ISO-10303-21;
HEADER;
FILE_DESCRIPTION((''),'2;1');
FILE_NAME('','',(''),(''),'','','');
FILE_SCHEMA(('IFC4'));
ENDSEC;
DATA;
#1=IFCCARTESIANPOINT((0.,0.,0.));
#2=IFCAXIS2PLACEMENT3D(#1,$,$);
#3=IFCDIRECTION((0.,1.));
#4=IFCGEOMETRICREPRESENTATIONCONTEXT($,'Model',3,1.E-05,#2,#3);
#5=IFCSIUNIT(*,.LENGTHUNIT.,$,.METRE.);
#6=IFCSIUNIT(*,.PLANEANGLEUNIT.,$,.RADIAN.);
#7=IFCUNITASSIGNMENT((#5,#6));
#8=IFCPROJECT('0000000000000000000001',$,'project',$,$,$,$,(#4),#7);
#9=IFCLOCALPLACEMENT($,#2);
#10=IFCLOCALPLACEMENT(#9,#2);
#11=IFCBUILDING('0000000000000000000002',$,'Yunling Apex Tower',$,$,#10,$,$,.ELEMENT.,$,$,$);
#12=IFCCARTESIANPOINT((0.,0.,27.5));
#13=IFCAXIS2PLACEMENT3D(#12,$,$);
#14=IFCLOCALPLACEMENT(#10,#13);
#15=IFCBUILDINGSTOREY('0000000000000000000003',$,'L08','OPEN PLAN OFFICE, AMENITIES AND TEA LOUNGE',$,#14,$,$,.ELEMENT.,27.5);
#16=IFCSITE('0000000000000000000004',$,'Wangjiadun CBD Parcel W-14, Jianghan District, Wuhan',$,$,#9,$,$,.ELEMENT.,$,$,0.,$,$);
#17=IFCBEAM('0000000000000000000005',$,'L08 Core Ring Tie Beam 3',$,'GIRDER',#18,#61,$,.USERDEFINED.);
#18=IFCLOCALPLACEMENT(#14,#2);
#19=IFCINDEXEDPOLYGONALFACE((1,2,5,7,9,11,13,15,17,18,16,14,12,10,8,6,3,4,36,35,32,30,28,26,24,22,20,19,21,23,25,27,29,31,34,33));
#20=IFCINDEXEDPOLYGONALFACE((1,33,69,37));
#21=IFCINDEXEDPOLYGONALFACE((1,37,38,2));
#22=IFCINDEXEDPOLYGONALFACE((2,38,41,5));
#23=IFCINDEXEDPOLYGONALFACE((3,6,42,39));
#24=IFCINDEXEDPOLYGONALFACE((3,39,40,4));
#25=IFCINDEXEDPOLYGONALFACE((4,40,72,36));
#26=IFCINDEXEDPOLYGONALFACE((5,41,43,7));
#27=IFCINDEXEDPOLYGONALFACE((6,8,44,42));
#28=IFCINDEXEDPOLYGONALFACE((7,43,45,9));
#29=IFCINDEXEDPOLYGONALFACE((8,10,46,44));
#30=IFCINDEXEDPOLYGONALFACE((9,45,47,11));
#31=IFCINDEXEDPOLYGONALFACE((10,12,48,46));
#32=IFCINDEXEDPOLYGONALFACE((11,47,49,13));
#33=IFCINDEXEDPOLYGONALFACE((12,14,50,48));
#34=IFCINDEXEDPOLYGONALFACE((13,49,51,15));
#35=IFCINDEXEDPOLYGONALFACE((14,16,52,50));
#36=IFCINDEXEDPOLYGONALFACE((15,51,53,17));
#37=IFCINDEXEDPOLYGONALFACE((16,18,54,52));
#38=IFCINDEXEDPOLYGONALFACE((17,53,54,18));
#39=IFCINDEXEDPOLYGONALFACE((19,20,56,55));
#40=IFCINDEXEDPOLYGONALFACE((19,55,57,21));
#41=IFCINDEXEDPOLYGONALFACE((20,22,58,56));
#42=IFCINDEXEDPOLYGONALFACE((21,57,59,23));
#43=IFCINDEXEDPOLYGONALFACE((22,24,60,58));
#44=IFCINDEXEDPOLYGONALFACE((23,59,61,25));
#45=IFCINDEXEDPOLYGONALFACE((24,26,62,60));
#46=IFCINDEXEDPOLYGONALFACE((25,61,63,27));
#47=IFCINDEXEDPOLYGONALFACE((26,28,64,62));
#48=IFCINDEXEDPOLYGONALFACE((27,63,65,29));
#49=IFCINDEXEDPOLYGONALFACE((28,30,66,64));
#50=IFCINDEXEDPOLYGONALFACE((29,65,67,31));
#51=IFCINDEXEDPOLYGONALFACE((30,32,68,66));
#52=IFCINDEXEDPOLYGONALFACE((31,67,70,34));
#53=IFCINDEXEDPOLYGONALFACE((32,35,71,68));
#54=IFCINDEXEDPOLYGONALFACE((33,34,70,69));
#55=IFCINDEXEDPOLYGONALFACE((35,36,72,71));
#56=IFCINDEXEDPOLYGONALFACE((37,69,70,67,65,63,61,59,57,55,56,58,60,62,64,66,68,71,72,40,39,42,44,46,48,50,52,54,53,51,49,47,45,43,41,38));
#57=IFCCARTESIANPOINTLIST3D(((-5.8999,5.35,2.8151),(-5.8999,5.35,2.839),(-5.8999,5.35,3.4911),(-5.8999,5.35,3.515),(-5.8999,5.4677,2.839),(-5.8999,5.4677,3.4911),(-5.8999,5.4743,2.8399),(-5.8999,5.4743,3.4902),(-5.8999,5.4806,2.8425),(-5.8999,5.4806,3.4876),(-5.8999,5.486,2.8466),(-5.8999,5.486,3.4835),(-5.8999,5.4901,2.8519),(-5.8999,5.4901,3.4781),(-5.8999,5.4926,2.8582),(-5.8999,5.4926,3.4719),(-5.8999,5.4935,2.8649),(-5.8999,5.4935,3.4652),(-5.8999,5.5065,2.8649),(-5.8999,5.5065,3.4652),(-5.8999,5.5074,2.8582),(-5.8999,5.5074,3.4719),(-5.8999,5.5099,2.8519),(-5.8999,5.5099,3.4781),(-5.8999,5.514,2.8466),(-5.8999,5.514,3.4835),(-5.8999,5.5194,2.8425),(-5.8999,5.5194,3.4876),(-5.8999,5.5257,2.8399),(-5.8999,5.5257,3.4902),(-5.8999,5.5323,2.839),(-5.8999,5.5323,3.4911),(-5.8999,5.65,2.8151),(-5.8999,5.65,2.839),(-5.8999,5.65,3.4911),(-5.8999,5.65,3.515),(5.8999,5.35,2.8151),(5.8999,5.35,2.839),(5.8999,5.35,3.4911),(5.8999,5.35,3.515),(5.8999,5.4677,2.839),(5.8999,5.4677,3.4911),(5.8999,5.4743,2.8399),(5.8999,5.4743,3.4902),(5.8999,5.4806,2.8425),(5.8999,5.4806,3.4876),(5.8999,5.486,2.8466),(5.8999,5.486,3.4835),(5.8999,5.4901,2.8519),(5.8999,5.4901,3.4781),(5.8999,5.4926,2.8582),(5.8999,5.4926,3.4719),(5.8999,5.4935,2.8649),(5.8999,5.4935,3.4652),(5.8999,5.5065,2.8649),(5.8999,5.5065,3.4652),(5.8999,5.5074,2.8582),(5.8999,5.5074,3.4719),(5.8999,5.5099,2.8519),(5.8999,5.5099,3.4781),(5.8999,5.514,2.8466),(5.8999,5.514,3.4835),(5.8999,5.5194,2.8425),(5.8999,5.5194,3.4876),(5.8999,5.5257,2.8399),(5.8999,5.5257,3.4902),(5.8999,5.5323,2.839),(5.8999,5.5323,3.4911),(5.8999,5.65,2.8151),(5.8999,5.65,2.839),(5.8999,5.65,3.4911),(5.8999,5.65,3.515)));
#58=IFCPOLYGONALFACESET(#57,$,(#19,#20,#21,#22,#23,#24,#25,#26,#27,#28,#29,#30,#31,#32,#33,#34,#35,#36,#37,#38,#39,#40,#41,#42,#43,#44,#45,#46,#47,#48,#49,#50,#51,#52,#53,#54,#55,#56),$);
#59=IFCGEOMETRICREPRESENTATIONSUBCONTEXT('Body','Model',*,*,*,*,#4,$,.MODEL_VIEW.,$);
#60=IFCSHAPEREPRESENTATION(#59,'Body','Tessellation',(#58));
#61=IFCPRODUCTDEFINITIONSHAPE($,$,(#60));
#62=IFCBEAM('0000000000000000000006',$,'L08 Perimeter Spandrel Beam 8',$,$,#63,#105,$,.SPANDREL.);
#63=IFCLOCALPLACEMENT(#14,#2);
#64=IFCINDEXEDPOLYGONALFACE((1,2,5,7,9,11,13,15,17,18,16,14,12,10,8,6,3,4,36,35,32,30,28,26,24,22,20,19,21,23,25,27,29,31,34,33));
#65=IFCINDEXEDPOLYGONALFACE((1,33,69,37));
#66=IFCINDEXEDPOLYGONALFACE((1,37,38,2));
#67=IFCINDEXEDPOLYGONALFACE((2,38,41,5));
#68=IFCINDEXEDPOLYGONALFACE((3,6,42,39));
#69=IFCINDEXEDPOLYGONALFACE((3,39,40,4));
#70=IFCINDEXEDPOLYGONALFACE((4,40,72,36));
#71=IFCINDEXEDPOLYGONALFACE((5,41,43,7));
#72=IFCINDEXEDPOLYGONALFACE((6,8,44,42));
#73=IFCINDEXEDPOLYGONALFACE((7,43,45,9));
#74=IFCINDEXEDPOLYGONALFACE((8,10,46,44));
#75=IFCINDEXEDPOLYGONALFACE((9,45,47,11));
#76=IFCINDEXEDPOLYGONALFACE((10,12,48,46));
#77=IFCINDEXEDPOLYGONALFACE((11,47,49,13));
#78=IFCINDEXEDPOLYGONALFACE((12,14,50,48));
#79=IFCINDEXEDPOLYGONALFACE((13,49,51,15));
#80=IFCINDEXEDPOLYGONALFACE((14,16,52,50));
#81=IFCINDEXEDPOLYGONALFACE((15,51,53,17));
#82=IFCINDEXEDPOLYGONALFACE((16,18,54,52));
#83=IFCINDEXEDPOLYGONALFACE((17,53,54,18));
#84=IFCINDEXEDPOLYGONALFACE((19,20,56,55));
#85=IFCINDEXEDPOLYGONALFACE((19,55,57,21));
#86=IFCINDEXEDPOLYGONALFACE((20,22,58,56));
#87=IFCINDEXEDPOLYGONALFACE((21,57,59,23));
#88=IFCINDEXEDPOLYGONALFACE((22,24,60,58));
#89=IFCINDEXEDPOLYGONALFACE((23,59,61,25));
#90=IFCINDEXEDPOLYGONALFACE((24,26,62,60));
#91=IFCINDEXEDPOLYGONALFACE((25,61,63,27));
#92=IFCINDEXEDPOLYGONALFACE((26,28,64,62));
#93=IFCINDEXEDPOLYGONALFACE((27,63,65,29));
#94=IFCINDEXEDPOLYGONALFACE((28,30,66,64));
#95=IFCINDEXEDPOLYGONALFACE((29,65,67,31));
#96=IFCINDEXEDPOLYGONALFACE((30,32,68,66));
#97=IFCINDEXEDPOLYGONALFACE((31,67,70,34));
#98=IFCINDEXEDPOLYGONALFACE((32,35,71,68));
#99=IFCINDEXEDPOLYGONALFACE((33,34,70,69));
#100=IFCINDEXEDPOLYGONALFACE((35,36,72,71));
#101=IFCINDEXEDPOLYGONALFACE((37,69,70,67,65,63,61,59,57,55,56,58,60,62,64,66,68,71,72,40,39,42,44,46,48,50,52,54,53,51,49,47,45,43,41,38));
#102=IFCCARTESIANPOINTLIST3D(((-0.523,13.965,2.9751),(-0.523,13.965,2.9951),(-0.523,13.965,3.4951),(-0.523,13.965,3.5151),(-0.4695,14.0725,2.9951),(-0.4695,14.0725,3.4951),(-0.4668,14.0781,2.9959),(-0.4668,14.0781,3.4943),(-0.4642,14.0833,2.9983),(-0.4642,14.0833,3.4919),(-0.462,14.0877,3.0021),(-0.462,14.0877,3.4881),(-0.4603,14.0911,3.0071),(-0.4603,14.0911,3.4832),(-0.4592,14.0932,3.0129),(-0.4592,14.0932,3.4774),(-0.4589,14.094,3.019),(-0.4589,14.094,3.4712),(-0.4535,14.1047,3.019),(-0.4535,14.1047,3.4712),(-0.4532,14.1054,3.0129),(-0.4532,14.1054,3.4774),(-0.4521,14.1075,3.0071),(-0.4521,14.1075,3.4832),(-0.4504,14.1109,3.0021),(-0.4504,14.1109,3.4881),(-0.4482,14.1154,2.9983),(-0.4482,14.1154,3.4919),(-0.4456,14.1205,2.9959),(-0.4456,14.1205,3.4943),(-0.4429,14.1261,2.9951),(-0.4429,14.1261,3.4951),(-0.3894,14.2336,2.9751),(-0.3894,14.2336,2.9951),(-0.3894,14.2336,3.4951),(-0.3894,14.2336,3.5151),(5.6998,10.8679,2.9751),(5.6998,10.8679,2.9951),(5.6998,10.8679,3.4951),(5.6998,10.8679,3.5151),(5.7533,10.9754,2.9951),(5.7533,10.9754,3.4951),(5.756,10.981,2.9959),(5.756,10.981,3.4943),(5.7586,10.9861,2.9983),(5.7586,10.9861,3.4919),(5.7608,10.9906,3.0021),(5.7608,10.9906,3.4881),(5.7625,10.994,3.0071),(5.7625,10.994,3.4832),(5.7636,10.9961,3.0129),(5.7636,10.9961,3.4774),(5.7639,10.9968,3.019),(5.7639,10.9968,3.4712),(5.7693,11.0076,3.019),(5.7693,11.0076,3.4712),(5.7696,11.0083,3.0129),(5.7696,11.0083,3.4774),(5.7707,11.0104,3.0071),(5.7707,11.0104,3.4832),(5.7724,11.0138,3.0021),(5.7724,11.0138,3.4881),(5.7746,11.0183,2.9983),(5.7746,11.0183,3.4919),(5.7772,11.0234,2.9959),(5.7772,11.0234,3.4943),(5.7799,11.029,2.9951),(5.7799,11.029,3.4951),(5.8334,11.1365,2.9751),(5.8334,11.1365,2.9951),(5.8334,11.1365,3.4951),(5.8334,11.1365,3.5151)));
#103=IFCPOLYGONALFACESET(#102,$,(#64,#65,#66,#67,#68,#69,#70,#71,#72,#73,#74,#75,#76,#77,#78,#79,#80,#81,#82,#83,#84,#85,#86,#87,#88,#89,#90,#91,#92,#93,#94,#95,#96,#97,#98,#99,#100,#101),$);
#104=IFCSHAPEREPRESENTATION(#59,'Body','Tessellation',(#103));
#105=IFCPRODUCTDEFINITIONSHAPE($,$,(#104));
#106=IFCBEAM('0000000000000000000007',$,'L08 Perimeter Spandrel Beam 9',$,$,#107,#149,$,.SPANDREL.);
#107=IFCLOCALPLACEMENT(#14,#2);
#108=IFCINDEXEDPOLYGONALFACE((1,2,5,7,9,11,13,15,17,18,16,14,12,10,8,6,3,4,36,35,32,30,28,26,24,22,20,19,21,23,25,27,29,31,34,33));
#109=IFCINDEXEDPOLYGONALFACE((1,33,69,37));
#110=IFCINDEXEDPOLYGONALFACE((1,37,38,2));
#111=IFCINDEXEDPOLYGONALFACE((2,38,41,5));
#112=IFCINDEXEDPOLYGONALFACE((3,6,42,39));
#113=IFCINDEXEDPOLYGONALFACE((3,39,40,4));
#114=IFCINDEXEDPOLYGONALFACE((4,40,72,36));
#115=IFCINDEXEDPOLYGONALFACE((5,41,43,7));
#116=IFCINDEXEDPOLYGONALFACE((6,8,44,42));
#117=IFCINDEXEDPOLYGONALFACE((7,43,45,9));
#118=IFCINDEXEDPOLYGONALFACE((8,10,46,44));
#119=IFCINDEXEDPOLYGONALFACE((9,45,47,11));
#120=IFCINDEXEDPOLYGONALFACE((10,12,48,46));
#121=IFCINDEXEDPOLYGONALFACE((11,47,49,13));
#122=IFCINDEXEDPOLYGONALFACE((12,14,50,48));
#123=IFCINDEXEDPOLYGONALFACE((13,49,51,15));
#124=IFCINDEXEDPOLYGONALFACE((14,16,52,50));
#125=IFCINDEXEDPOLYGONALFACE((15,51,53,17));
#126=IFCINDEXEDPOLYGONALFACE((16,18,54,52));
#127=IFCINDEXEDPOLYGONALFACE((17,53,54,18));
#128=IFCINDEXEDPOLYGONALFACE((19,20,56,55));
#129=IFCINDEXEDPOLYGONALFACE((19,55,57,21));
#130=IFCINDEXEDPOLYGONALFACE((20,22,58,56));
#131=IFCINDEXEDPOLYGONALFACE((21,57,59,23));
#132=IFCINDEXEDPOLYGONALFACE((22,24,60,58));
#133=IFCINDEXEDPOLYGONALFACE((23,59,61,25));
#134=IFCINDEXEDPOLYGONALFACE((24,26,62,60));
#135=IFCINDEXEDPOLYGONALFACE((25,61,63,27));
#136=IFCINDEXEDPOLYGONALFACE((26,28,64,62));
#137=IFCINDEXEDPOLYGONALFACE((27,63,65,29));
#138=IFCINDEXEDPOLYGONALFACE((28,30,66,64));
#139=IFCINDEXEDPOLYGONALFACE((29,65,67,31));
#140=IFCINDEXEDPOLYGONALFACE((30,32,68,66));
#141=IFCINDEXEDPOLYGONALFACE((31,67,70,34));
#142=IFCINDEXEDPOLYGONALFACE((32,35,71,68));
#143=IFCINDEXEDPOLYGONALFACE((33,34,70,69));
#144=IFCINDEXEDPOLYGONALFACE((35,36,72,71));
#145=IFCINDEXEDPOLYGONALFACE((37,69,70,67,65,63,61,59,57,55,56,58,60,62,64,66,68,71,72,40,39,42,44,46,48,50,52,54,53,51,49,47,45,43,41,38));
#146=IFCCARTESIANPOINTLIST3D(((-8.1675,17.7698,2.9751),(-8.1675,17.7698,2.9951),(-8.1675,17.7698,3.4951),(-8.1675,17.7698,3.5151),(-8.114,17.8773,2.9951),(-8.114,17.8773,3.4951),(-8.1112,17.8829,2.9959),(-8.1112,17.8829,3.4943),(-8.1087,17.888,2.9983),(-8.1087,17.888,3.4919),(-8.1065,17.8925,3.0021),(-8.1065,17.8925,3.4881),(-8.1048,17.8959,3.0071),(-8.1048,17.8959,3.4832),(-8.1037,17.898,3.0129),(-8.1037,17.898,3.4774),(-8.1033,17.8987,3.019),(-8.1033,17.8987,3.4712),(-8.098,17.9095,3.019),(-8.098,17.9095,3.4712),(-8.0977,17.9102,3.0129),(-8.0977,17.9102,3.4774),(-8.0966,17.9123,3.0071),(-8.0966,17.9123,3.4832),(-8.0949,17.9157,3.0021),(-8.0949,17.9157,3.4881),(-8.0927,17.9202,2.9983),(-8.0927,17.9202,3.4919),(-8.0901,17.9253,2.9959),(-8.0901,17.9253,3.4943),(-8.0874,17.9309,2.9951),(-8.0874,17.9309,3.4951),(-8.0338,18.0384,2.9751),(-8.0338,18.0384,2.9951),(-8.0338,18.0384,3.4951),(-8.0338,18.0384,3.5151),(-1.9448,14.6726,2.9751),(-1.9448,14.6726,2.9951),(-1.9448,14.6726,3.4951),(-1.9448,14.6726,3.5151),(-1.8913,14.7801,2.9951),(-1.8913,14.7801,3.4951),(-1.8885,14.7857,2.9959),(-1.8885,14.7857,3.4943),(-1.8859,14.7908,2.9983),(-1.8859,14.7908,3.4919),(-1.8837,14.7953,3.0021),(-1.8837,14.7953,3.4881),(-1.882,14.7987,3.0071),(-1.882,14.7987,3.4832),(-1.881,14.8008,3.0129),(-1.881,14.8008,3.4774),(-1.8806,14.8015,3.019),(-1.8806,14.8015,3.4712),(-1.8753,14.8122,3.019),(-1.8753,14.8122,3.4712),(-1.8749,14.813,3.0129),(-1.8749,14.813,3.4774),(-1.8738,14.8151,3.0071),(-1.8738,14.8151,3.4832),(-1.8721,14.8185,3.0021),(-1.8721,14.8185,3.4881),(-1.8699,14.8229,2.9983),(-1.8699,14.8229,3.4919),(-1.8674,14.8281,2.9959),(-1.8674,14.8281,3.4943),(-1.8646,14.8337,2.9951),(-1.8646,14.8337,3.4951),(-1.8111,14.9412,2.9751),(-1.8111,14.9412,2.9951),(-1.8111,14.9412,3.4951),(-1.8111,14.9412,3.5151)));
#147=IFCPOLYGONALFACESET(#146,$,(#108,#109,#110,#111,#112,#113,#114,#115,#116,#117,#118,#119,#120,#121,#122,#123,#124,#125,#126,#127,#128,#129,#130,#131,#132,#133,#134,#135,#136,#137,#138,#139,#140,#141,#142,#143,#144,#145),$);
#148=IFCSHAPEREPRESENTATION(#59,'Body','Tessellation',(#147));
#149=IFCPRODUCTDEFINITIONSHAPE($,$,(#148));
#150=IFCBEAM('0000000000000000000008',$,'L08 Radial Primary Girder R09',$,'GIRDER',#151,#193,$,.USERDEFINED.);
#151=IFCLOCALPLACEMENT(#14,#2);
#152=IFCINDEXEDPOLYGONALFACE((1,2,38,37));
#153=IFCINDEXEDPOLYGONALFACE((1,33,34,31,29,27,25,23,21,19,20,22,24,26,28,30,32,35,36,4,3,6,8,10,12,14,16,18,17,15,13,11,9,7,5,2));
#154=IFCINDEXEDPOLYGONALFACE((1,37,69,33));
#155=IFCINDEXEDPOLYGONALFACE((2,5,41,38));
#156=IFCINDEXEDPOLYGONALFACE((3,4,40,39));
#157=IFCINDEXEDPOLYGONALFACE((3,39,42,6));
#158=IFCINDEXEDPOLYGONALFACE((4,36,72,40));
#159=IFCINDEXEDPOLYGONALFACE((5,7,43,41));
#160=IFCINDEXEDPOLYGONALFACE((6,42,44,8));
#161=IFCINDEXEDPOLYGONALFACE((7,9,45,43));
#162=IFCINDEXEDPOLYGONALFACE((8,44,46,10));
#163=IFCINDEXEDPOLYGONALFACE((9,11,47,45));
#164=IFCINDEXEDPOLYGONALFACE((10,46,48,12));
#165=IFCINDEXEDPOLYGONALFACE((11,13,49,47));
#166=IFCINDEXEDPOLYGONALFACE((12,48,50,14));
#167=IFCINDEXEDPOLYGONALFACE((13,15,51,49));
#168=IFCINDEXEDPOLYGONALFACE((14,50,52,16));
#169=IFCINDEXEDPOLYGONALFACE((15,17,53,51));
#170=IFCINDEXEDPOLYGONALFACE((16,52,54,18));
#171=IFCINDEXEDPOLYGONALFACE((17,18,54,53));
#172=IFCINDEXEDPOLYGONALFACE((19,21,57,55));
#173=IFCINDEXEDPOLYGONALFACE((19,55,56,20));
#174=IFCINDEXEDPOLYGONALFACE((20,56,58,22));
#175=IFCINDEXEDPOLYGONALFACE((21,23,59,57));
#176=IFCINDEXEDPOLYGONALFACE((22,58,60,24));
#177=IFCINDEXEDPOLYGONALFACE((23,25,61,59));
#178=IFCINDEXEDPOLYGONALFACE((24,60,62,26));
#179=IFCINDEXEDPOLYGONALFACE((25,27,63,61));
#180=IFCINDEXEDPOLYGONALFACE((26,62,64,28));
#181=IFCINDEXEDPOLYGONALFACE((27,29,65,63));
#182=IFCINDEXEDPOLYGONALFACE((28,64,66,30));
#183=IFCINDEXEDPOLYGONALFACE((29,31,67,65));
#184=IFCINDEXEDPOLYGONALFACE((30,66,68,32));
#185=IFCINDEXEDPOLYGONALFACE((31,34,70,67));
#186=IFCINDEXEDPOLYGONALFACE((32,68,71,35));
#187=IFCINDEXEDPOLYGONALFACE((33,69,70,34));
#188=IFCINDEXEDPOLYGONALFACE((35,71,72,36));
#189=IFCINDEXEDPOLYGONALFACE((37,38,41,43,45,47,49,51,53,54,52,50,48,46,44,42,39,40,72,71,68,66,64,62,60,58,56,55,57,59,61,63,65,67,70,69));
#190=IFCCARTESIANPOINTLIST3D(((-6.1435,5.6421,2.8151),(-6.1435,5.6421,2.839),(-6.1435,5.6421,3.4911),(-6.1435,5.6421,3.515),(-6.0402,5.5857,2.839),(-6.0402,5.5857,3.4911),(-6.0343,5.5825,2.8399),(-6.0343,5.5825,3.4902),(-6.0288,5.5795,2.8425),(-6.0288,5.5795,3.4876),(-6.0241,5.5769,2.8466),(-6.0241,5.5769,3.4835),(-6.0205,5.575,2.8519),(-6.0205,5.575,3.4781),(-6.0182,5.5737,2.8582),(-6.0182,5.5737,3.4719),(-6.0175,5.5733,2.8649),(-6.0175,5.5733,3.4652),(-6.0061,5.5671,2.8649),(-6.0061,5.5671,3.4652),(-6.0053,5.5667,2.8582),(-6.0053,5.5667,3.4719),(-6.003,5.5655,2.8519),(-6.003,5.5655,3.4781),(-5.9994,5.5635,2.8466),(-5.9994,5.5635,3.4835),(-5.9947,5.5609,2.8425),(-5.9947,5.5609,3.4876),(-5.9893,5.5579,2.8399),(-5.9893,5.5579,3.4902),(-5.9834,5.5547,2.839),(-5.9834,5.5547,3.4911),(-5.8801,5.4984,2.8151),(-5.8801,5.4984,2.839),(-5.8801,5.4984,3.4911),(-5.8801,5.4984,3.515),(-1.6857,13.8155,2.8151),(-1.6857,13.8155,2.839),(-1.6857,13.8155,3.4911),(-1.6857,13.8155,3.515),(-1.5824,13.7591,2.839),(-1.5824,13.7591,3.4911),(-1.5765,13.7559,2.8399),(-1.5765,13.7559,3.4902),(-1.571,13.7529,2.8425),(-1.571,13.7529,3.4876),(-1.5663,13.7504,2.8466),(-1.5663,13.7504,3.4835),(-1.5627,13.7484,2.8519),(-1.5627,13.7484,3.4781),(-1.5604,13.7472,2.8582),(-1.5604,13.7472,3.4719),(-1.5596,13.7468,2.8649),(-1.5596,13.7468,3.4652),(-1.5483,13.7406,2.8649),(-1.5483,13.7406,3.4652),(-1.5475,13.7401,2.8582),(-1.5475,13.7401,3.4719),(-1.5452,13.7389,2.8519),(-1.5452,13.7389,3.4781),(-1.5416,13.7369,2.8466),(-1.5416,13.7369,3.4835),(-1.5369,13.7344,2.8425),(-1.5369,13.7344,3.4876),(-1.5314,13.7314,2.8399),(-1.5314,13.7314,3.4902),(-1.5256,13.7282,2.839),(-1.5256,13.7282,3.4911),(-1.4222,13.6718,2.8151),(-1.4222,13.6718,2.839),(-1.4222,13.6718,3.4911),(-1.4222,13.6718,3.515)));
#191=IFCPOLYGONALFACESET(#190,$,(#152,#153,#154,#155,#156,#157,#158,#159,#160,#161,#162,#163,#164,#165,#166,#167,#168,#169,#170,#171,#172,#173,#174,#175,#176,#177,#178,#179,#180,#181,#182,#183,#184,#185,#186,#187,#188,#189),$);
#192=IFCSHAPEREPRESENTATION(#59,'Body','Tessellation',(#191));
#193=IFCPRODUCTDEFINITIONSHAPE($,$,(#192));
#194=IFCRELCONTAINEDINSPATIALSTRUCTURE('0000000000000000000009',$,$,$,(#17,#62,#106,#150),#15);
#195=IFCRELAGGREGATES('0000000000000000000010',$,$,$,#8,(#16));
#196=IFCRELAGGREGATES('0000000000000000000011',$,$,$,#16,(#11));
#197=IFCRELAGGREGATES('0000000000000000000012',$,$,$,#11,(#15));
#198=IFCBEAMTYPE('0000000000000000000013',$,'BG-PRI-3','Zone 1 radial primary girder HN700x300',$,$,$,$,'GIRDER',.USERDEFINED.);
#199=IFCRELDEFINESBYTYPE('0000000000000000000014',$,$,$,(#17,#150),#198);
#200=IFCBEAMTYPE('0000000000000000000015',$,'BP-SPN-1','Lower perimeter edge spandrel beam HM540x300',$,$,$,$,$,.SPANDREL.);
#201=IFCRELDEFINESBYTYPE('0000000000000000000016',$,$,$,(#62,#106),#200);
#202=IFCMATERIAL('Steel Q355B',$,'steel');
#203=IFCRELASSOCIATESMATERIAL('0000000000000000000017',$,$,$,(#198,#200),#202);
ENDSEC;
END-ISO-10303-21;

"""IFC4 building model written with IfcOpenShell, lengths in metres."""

from ifc_helpers import new_model, si_unit, direction, frame, origin, origin_2d, place, context, subcontext, project, spatial, i_section, extrude, source, transform, mapped, material, material_profile, profile_set, type_object, element, save


model = new_model("IFC4")

# Units and contexts
model_context = context("Model", 3, precision=1e-05, world=origin(), true_north=direction((0.0, 1.0)))
body_context = subcontext(model_context, "Body", "Model", "MODEL_VIEW")
ifc_project = project(units=[si_unit("LENGTHUNIT", "METRE"), si_unit("PLANEANGLEUNIT", "RADIAN")], contexts=[model_context])

# Site, building, storey
site_placement = place(None, origin())
site = spatial("IfcSite", under=ifc_project, at=site_placement, Name="Wangjiadun CBD Parcel W-14, Jianghan District, Wuhan", CompositionType="ELEMENT", RefElevation=0.0)
building_placement = place(site_placement, origin())
building = spatial("IfcBuilding", under=site, at=building_placement, Name="Yunling Apex Tower", CompositionType="ELEMENT")
storey_placement = place(building_placement, frame((0.0, 0.0, 27.5)))
storey = spatial("IfcBuildingStorey", under=building, at=storey_placement, Name="L08", Description="OPEN PLAN OFFICE, AMENITIES AND TEA LOUNGE", CompositionType="ELEMENT", Elevation=27.5)

# Beams
ifc_material_1 = material(Name="Steel Q355B", Category="steel")
ifc_material_profile_1 = material_profile(ifc_material_1, i_section(OverallWidth=0.3, OverallDepth=0.7, WebThickness=0.0129, FlangeThickness=0.0239, FilletRadius=0.0259, at=origin_2d()))
ifc_profile_set_1 = profile_set([ifc_material_profile_1], Name="Steel Q355B")
beam_type_1 = type_object("IfcBeamType", Name="BG-PRI-3", Description="Zone 1 radial primary girder HN700x300", ElementType="GIRDER", PredefinedType="USERDEFINED", material=ifc_profile_set_1)
shared_shape_1 = source(origin(), body_context, "Body", "SweptSolid", [
    extrude(i_section(OverallWidth=0.3, OverallDepth=0.7, WebThickness=0.0129, FlangeThickness=0.0239, FilletRadius=0.0259, at=origin_2d()), origin(), (0.0, 0.0, 1.0), 11.7998),
])
beam_1_placement = place(storey_placement, frame((5.8999, 5.5, 3.165), z_axis=(-1.0, 0.0, 0.0), x_axis=(0.0, -1.0, 0.0)))
element("IfcBeam", 1, at=beam_1_placement, inside=storey, type_object=beam_type_1, Name="L08 Core Ring Tie Beam 3", ObjectType="GIRDER", PredefinedType="USERDEFINED", context=body_context, shape_type="MappedRepresentation", body=[
    mapped(shared_shape_1, transform((0.0, 0.0, 0.0), scale=1.0)),
])
ifc_material_profile_2 = material_profile(ifc_material_1, i_section(OverallWidth=0.3, OverallDepth=0.54, WebThickness=0.012, FlangeThickness=0.02, FilletRadius=0.0239, at=origin_2d()))
ifc_profile_set_2 = profile_set([ifc_material_profile_2], Name="Steel Q355B")
beam_type_2 = type_object("IfcBeamType", Name="BP-SPN-1", Description="Lower perimeter edge spandrel beam HM540x300", PredefinedType="SPANDREL", material=ifc_profile_set_2)
shared_shape_2 = source(origin(), body_context, "Body", "SweptSolid", [
    extrude(i_section(OverallWidth=0.3, OverallDepth=0.54, WebThickness=0.012, FlangeThickness=0.02, FilletRadius=0.0239, at=origin_2d()), origin(), (0.0, 0.0, 1.0), 6.9509),
])
for number, where, z_axis, x_axis, name in (
    (2, (5.7666, 11.0022, 3.2451), (-0.895248, 0.445569, 0.0), (-0.445569, -0.895248, 0.0), "L08 Perimeter Spandrel Beam 8"),
    (3, (-1.8779, 14.8069, 3.2451), (-0.895241, 0.445583, 0.0), (-0.445583, -0.895241, 0.0), "L08 Perimeter Spandrel Beam 9"),
):
    element("IfcBeam", number, at=place(storey_placement, frame(where, z_axis=z_axis, x_axis=x_axis)), inside=storey, type_object=beam_type_2, Name=name, PredefinedType="SPANDREL", context=body_context, shape_type="MappedRepresentation", body=[
        mapped(shared_shape_2, transform((0.0, 0.0, 0.0), scale=1.0)),
    ])
shared_shape_3 = source(origin(), body_context, "Body", "SweptSolid", [
    extrude(i_section(OverallWidth=0.3, OverallDepth=0.7, WebThickness=0.0129, FlangeThickness=0.0239, FilletRadius=0.0259, at=origin_2d()), origin(), (0.0, 0.0, 1.0), 9.3101),
])
beam_2_placement = place(storey_placement, frame((-1.554, 13.7437, 3.165), z_axis=(-0.478817, -0.877915, 0.0), x_axis=(0.877915, -0.478817, 0.0)))
element("IfcBeam", 4, at=beam_2_placement, inside=storey, type_object=beam_type_1, Name="L08 Radial Primary Girder R09", ObjectType="GIRDER", PredefinedType="USERDEFINED", context=body_context, shape_type="MappedRepresentation", body=[
    mapped(shared_shape_3, transform((0.0, 0.0, 0.0), scale=1.0)),
])

save(model, "model.ifc")
